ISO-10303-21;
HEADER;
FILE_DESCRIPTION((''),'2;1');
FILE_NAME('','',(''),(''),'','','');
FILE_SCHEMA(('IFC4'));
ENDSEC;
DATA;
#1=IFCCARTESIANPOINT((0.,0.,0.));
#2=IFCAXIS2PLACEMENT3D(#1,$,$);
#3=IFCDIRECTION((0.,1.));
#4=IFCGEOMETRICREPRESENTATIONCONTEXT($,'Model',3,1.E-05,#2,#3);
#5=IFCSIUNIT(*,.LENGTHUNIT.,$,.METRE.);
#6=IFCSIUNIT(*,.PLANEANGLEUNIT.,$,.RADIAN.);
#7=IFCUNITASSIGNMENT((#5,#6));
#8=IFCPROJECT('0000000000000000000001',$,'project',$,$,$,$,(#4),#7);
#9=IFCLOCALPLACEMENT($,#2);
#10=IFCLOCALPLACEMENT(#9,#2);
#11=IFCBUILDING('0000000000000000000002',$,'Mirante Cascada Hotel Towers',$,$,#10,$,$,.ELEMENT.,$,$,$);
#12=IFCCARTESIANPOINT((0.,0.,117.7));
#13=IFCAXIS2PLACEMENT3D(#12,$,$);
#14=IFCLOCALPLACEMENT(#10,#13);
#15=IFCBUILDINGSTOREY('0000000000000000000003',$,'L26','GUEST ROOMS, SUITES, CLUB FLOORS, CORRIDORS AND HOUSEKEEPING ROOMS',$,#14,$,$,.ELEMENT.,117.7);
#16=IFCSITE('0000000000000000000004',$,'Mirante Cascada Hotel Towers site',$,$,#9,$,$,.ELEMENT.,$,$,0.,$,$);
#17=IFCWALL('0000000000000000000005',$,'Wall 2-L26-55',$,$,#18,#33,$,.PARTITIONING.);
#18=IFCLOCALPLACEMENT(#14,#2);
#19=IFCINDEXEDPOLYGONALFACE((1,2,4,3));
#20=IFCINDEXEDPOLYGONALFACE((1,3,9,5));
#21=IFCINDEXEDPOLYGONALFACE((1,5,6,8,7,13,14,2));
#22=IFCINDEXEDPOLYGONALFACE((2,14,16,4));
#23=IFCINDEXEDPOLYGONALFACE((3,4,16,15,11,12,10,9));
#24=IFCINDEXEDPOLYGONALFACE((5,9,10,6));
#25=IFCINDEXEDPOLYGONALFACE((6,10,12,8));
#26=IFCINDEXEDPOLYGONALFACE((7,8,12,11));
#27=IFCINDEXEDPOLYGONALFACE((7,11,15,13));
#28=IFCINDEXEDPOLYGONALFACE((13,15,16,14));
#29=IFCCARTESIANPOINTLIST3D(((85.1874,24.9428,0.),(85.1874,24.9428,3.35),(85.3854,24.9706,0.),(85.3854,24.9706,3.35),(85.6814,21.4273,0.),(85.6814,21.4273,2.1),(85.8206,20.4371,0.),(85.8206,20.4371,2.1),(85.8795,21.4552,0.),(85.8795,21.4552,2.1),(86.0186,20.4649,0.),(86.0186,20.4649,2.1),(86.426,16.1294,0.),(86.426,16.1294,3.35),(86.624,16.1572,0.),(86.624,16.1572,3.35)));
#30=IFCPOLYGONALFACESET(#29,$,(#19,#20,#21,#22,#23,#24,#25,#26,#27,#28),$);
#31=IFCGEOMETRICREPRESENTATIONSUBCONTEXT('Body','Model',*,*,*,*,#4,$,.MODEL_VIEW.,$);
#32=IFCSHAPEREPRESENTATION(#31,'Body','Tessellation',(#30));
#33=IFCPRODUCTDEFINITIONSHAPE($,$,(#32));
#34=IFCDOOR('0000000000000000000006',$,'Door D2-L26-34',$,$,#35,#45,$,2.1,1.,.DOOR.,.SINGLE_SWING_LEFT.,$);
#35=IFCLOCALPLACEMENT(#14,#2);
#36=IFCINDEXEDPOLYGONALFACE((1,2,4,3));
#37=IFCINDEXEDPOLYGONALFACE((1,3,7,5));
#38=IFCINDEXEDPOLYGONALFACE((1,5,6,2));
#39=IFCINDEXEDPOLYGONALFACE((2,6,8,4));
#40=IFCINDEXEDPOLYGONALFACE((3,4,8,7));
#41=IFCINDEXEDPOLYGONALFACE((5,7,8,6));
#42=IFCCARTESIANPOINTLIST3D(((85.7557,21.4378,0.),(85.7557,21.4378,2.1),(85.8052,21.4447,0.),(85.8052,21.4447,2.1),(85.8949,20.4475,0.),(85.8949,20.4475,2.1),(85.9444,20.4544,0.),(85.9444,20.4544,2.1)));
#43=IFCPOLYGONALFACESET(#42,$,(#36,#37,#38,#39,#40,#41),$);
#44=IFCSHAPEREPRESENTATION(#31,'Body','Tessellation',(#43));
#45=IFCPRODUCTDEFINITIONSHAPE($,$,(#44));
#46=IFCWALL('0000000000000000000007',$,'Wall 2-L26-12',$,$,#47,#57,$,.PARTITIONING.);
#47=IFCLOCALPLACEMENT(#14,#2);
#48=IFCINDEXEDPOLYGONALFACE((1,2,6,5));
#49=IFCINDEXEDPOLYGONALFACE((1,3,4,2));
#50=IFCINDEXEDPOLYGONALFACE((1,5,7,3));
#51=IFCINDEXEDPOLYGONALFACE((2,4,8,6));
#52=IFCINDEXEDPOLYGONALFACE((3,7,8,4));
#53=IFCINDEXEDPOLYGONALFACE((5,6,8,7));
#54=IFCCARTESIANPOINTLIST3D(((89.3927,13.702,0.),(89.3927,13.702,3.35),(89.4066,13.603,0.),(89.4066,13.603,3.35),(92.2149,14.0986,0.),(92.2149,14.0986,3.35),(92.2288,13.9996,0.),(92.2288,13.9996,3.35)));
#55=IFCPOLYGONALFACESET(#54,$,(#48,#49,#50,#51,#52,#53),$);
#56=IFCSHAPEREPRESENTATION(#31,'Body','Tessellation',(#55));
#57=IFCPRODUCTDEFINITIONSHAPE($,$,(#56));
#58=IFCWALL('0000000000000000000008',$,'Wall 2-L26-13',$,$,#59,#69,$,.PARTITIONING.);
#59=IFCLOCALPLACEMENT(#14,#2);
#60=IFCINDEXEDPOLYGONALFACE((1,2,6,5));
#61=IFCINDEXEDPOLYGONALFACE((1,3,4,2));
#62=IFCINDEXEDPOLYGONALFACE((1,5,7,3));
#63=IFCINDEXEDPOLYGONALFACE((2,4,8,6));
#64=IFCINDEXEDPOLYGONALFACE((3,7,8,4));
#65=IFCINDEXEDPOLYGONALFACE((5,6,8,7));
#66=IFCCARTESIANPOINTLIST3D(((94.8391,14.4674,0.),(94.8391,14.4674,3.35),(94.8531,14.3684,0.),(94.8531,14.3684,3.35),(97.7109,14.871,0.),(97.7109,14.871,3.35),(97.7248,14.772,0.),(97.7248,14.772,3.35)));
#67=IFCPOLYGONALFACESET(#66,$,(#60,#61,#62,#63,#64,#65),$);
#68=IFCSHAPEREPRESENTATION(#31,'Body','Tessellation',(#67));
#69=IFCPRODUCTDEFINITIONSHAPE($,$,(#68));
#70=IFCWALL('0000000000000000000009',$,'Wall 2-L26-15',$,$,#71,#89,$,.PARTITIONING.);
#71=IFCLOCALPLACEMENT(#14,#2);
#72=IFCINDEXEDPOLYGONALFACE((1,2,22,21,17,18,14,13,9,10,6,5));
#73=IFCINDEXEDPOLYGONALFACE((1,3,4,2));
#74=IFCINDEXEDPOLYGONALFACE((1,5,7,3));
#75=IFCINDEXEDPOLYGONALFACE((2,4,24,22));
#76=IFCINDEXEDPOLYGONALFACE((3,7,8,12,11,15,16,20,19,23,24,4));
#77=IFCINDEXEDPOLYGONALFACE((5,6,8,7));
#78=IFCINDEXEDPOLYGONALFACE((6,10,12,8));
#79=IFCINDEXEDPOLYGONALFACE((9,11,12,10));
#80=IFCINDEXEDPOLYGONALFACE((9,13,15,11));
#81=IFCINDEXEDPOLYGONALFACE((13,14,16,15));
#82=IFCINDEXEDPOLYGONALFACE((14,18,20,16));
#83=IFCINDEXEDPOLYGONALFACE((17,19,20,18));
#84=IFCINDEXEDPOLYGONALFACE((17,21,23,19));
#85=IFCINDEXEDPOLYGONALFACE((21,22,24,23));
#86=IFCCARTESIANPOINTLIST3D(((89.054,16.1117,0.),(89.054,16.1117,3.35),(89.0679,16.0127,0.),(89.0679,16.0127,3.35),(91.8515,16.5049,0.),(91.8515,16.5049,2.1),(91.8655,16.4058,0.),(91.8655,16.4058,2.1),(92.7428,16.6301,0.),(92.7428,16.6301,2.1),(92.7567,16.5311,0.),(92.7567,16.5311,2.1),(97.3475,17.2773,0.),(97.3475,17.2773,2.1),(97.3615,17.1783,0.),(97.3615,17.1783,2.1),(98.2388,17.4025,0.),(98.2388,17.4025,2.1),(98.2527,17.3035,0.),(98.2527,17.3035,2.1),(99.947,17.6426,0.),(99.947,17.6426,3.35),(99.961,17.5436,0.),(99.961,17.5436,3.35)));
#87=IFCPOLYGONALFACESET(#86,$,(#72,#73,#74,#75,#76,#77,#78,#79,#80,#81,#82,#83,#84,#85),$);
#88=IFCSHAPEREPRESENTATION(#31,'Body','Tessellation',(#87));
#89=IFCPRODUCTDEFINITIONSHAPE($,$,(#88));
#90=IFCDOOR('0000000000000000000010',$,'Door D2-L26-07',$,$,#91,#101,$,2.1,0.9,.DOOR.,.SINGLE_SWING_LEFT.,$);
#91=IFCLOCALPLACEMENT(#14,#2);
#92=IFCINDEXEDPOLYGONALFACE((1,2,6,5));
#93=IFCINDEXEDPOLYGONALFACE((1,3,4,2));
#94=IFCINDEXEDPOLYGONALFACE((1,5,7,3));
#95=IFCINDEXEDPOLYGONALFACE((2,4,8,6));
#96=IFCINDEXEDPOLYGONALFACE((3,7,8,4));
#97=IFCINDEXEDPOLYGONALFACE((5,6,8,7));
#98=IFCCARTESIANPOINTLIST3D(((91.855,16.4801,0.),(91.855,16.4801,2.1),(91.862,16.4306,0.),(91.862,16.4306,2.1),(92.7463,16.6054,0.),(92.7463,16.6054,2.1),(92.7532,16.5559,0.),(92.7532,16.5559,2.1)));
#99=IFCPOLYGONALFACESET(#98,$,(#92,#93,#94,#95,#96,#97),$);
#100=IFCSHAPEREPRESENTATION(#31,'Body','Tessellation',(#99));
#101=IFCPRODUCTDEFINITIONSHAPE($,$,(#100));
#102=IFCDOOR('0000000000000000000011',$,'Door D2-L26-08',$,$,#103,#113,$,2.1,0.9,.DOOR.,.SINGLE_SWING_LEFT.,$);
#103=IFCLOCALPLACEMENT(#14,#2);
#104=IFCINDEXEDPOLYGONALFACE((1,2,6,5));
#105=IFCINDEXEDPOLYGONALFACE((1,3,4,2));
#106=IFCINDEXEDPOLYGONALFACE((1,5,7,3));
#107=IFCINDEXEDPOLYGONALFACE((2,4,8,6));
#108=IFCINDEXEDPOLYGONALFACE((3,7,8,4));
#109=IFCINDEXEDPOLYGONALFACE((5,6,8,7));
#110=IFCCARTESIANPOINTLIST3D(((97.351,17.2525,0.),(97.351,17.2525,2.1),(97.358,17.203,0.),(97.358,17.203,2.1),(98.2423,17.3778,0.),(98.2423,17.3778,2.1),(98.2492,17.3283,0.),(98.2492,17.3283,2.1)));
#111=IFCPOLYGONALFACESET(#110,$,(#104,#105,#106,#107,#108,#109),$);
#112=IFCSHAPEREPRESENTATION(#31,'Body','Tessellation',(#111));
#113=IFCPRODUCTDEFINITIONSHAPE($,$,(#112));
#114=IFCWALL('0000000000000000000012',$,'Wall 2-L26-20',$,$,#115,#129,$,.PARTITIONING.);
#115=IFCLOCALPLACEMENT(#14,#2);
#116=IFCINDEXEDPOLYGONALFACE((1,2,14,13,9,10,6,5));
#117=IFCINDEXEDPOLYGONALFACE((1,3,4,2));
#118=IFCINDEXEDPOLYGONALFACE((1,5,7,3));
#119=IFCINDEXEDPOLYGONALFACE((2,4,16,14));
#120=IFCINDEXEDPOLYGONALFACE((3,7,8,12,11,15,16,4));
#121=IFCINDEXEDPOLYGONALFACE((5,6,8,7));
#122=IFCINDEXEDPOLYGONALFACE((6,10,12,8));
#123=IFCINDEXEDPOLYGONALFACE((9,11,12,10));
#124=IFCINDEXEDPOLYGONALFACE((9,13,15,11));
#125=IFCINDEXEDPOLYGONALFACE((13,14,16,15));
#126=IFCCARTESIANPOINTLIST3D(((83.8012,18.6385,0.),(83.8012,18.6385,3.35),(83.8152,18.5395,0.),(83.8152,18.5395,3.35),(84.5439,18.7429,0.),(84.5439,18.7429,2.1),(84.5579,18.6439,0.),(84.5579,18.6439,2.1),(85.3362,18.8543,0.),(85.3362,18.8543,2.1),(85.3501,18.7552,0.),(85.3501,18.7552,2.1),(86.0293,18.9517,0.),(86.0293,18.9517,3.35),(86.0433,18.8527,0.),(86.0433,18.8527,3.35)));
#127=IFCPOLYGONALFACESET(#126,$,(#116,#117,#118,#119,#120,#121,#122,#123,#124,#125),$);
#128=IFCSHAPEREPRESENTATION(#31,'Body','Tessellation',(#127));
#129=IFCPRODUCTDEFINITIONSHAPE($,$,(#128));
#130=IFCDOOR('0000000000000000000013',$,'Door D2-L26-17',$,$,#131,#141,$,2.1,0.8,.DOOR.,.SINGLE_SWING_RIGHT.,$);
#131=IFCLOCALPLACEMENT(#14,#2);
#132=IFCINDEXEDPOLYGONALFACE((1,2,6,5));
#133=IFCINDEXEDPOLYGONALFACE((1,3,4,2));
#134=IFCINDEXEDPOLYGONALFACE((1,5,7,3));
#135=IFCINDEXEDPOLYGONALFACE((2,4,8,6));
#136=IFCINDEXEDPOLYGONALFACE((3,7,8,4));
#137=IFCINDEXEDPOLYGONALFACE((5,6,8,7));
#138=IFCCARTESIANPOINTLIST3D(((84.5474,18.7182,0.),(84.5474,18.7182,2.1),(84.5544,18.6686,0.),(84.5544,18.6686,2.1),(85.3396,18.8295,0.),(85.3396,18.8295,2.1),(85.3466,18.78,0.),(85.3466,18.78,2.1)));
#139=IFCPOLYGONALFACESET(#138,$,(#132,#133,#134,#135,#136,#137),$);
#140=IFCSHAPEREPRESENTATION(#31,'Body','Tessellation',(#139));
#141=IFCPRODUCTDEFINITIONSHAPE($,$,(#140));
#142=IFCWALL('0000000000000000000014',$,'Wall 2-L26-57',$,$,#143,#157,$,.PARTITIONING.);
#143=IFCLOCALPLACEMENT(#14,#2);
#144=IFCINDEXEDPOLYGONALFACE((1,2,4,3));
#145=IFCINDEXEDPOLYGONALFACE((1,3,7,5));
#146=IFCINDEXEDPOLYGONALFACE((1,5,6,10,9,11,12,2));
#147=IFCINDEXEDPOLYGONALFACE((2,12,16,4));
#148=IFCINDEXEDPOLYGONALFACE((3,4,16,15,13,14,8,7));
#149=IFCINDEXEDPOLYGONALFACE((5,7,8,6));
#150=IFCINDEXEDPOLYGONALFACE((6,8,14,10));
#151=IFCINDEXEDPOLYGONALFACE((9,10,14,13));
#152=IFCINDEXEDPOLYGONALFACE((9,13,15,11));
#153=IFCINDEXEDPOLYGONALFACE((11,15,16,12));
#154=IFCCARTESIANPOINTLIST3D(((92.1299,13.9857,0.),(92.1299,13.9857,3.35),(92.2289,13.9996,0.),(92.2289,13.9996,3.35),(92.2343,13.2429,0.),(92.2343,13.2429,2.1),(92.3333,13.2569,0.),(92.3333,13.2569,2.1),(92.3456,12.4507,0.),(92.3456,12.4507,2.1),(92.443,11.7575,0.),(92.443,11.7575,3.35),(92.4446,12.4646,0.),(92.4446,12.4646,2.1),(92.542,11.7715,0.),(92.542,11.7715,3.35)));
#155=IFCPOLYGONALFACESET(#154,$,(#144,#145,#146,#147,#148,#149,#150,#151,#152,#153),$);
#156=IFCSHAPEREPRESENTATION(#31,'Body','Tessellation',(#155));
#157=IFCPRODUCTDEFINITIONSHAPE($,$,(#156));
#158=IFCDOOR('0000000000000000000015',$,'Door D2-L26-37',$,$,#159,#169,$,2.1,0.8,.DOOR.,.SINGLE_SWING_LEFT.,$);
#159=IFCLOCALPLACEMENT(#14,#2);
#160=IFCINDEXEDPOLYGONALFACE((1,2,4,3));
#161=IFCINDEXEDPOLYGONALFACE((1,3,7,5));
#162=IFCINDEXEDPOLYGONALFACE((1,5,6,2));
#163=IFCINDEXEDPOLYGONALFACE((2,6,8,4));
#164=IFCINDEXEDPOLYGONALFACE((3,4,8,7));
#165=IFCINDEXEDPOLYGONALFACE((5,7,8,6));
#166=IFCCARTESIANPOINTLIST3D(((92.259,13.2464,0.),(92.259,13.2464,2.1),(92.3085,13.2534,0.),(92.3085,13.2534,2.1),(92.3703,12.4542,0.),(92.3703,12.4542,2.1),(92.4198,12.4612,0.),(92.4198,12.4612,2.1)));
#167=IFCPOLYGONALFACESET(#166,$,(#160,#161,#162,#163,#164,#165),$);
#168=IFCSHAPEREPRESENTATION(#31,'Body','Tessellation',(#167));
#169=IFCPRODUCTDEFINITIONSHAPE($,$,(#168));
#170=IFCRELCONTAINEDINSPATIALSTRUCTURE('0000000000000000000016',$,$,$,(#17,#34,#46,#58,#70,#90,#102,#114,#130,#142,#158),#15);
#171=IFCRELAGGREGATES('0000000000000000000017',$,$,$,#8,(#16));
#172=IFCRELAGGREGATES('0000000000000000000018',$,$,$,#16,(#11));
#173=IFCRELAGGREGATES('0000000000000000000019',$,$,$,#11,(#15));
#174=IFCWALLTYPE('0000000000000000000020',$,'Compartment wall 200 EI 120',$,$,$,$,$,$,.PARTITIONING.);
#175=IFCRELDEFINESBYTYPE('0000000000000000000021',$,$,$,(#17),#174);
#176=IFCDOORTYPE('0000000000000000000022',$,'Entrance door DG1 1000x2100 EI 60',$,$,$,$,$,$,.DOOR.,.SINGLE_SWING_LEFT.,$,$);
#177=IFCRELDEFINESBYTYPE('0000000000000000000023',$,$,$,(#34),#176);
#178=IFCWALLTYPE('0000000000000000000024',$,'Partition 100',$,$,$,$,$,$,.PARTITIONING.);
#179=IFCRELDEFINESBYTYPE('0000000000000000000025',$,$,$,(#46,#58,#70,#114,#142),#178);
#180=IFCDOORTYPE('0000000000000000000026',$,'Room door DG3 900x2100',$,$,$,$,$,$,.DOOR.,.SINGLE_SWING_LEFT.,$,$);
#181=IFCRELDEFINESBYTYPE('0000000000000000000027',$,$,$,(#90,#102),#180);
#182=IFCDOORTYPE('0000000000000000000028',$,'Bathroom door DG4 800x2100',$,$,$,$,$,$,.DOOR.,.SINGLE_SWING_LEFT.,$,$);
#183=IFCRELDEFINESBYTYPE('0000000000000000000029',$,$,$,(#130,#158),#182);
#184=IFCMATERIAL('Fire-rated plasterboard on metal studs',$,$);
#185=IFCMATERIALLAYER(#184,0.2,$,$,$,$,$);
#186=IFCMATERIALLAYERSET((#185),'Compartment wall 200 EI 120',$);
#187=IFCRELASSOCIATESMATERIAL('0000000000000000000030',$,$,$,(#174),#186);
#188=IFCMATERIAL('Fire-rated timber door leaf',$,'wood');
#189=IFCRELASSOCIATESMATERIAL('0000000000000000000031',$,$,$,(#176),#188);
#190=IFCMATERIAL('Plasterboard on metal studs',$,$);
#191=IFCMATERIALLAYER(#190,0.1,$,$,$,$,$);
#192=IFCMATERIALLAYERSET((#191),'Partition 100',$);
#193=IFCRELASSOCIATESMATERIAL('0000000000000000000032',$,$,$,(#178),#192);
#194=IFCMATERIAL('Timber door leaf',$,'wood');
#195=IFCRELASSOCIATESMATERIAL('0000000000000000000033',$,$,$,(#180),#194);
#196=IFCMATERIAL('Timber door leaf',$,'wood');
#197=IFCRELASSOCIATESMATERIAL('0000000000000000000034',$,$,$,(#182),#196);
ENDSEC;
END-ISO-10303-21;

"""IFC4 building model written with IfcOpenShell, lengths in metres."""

from ifc_helpers import new_model, si_unit, direction, frame, frame_2d, origin, place, context, subcontext, project, spatial, rectangle, extrude, material, layer, layer_set, type_object, element, fill, save


model = new_model("IFC4")

# Units and contexts
model_context = context("Model", 3, precision=1e-05, world=origin(), true_north=direction((0.0, 1.0)))
body_context = subcontext(model_context, "Body", "Model", "MODEL_VIEW")
ifc_project = project(units=[si_unit("LENGTHUNIT", "METRE"), si_unit("PLANEANGLEUNIT", "RADIAN")], contexts=[model_context])

# Site, building, storey
site_placement = place(None, origin())
site = spatial("IfcSite", under=ifc_project, at=site_placement, Name="Mirante Cascada Hotel Towers site", CompositionType="ELEMENT", RefElevation=0.0)
building_placement = place(site_placement, origin())
building = spatial("IfcBuilding", under=site, at=building_placement, Name="Mirante Cascada Hotel Towers", CompositionType="ELEMENT")
storey_placement = place(building_placement, frame((0.0, 0.0, 117.7)))
storey = spatial("IfcBuildingStorey", under=building, at=storey_placement, Name="L26", Description="GUEST ROOMS, SUITES, CLUB FLOORS, CORRIDORS AND HOUSEKEEPING ROOMS", CompositionType="ELEMENT", Elevation=117.7)

# Shared definitions
ifc_material_1 = material(Name="Fire-rated plasterboard on metal studs")
ifc_layer_1 = layer(ifc_material_1, 0.2)
ifc_layer_set_1 = layer_set([ifc_layer_1], Name="Compartment wall 200 EI 120")
wall_type_1 = type_object("IfcWallType", Name="Compartment wall 200 EI 120", PredefinedType="PARTITIONING", material=ifc_layer_set_1)
ifc_material_2 = material(Name="Fire-rated timber door leaf", Category="wood")
door_type_1 = type_object("IfcDoorType", Name="Entrance door DG1 1000x2100 EI 60", OperationType="SINGLE_SWING_LEFT", PredefinedType="DOOR", material=ifc_material_2)

# Wall, opening, door
wall_1_placement = place(storey_placement, frame((86.525, 16.1433, 0.0), z_axis=(0.0, 0.0, 1.0), x_axis=(-0.139168, 0.990269, 0.0)))
wall_1 = element("IfcWall", 1, at=wall_1_placement, inside=storey, type_object=wall_type_1, Name="Wall 2-L26-55", PredefinedType="PARTITIONING", context=body_context, shape_type="SweptSolid", body=[
    extrude(rectangle(XDim=8.9, YDim=0.2, at=frame_2d((4.45, 0.0))), origin(), (0.0, 0.0, 1.0), 3.35),
])
opening_1_placement = place(wall_1_placement, frame((4.35, 0.0, 0.0)))
opening_1 = element("IfcOpeningElement", 2, at=opening_1_placement, cuts=wall_1, PredefinedType="OPENING", context=body_context, shape_type="SweptSolid", body=[
    extrude(rectangle(XDim=1.0, YDim=2.1, at=frame_2d((0.5, 1.05))), frame((0.0, 0.1, 0.0), z_axis=(0.0, -1.0, 0.0), x_axis=(1.0, 0.0, 0.0)), (0.0, 0.0, 1.0), 0.2),
])
door_1_placement = place(opening_1_placement, origin())
door_1 = element("IfcDoor", 3, at=door_1_placement, inside=storey, type_object=door_type_1, Name="Door D2-L26-34", OperationType="SINGLE_SWING_LEFT", OverallHeight=2.1, OverallWidth=1.0, PredefinedType="DOOR", context=body_context, shape_type="SweptSolid", body=[
    extrude(rectangle(XDim=1.0, YDim=2.1, at=frame_2d((0.5, 1.05))), frame((0.0, 0.025, 0.0), z_axis=(0.0, -1.0, 0.0), x_axis=(1.0, 0.0, 0.0)), (0.0, 0.0, 1.0), 0.05),
])
fill(opening_1, door_1)

# Walls
ifc_material_3 = material(Name="Plasterboard on metal studs")
ifc_layer_2 = layer(ifc_material_3, 0.1)
ifc_layer_set_2 = layer_set([ifc_layer_2], Name="Partition 100")
wall_type_2 = type_object("IfcWallType", Name="Partition 100", PredefinedType="PARTITIONING", material=ifc_layer_set_2)
wall_2_placement = place(storey_placement, frame((92.2219, 14.0491, 0.0), z_axis=(0.0, 0.0, 1.0), x_axis=(-0.99027, -0.139161, 0.0)))
element("IfcWall", 4, at=wall_2_placement, inside=storey, type_object=wall_type_2, Name="Wall 2-L26-12", PredefinedType="PARTITIONING", context=body_context, shape_type="SweptSolid", body=[
    extrude(rectangle(XDim=2.8499, YDim=0.1, at=frame_2d((1.425, 0.0))), origin(), (0.0, 0.0, 1.0), 3.35),
])
wall_3_placement = place(storey_placement, frame((94.8461, 14.4179, 0.0), z_axis=(0.0, 0.0, 1.0), x_axis=(0.990268, 0.139171, 0.0)))
element("IfcWall", 5, at=wall_3_placement, inside=storey, type_object=wall_type_2, Name="Wall 2-L26-13", PredefinedType="PARTITIONING", context=body_context, shape_type="SweptSolid", body=[
    extrude(rectangle(XDim=2.9, YDim=0.1, at=frame_2d((1.45, 0.0))), origin(), (0.0, 0.0, 1.0), 3.35),
])

# Wall, openings, doors
wall_4_placement = place(storey_placement, frame((89.061, 16.0622, 0.0), z_axis=(0.0, 0.0, 1.0), x_axis=(0.990268, 0.139172, 0.0)))
wall_4 = element("IfcWall", 6, at=wall_4_placement, inside=storey, type_object=wall_type_2, Name="Wall 2-L26-15", PredefinedType="PARTITIONING", context=body_context, shape_type="SweptSolid", body=[
    extrude(rectangle(XDim=11.0001, YDim=0.1, at=frame_2d((5.5, 0.0))), origin(), (0.0, 0.0, 1.0), 3.35),
])
opening_2_placement = place(wall_4_placement, frame((2.825, 0.0, 0.0)))
opening_2 = element("IfcOpeningElement", 7, at=opening_2_placement, cuts=wall_4, PredefinedType="OPENING", context=body_context, shape_type="SweptSolid", body=[
    extrude(rectangle(XDim=0.9, YDim=2.1, at=frame_2d((0.45, 1.05))), frame((0.0, 0.05, 0.0), z_axis=(0.0, -1.0, 0.0), x_axis=(1.0, 0.0, 0.0)), (0.0, 0.0, 1.0), 0.1),
])
opening_3_placement = place(wall_4_placement, frame((8.375, 0.0, 0.0)))
opening_3 = element("IfcOpeningElement", 8, at=opening_3_placement, cuts=wall_4, PredefinedType="OPENING", context=body_context, shape_type="SweptSolid", body=[
    extrude(rectangle(XDim=0.9, YDim=2.1, at=frame_2d((0.45, 1.05))), frame((0.0, 0.05, 0.0), z_axis=(0.0, -1.0, 0.0), x_axis=(1.0, 0.0, 0.0)), (0.0, 0.0, 1.0), 0.1),
])
ifc_material_4 = material(Name="Timber door leaf", Category="wood")
door_type_2 = type_object("IfcDoorType", Name="Room door DG3 900x2100", OperationType="SINGLE_SWING_LEFT", PredefinedType="DOOR", material=ifc_material_4)
door_2_placement = place(opening_2_placement, origin())
door_2 = element("IfcDoor", 9, at=door_2_placement, inside=storey, type_object=door_type_2, Name="Door D2-L26-07", OperationType="SINGLE_SWING_LEFT", OverallHeight=2.1, OverallWidth=0.9, PredefinedType="DOOR", context=body_context, shape_type="SweptSolid", body=[
    extrude(rectangle(XDim=0.9, YDim=2.1, at=frame_2d((0.45, 1.05))), frame((0.0, 0.025, 0.0), z_axis=(0.0, -1.0, 0.0), x_axis=(1.0, 0.0, 0.0)), (0.0, 0.0, 1.0), 0.05),
])
fill(opening_2, door_2)
door_3_placement = place(opening_3_placement, origin())
door_3 = element("IfcDoor", 10, at=door_3_placement, inside=storey, type_object=door_type_2, Name="Door D2-L26-08", OperationType="SINGLE_SWING_LEFT", OverallHeight=2.1, OverallWidth=0.9, PredefinedType="DOOR", context=body_context, shape_type="SweptSolid", body=[
    extrude(rectangle(XDim=0.9, YDim=2.1, at=frame_2d((0.45, 1.05))), frame((0.0, 0.025, 0.0), z_axis=(0.0, -1.0, 0.0), x_axis=(1.0, 0.0, 0.0)), (0.0, 0.0, 1.0), 0.05),
])
fill(opening_3, door_3)

# Walls, openings, doors
wall_5_placement = place(storey_placement, frame((86.0363, 18.9022, 0.0), z_axis=(0.0, 0.0, 1.0), x_axis=(-0.990264, -0.1392, 0.0)))
wall_5 = element("IfcWall", 11, at=wall_5_placement, inside=storey, type_object=wall_type_2, Name="Wall 2-L26-20", PredefinedType="PARTITIONING", context=body_context, shape_type="SweptSolid", body=[
    extrude(rectangle(XDim=2.25, YDim=0.1, at=frame_2d((1.125, 0.0))), origin(), (0.0, 0.0, 1.0), 3.35),
])
opening_4_placement = place(wall_5_placement, frame((0.7, 0.0, 0.0)))
opening_4 = element("IfcOpeningElement", 12, at=opening_4_placement, cuts=wall_5, PredefinedType="OPENING", context=body_context, shape_type="SweptSolid", body=[
    extrude(rectangle(XDim=0.8, YDim=2.1, at=frame_2d((0.4, 1.05))), frame((0.0, 0.05, 0.0), z_axis=(0.0, -1.0, 0.0), x_axis=(1.0, 0.0, 0.0)), (0.0, 0.0, 1.0), 0.1),
])
ifc_material_5 = material(Name="Timber door leaf", Category="wood")
door_type_3 = type_object("IfcDoorType", Name="Bathroom door DG4 800x2100", OperationType="SINGLE_SWING_LEFT", PredefinedType="DOOR", material=ifc_material_5)
door_4_placement = place(opening_4_placement, frame((0.8, 0.0, 0.0), z_axis=(0.0, 0.0, 1.0), x_axis=(-1.0, 0.0, 0.0)))
door_4 = element("IfcDoor", 13, at=door_4_placement, inside=storey, type_object=door_type_3, Name="Door D2-L26-17", OperationType="SINGLE_SWING_RIGHT", OverallHeight=2.1, OverallWidth=0.8, PredefinedType="DOOR", context=body_context, shape_type="SweptSolid", body=[
    extrude(rectangle(XDim=0.8, YDim=2.1, at=frame_2d((0.4, 1.05))), frame((0.0, 0.025, 0.0), z_axis=(0.0, -1.0, 0.0), x_axis=(1.0, 0.0, 0.0)), (0.0, 0.0, 1.0), 0.05),
])
fill(opening_4, door_4)
wall_6_placement = place(storey_placement, frame((92.4925, 11.7645, 0.0), z_axis=(0.0, 0.0, 1.0), x_axis=(-0.139156, 0.990271, 0.0)))
wall_6 = element("IfcWall", 14, at=wall_6_placement, inside=storey, type_object=wall_type_2, Name="Wall 2-L26-57", PredefinedType="PARTITIONING", context=body_context, shape_type="SweptSolid", body=[
    extrude(rectangle(XDim=2.25, YDim=0.1, at=frame_2d((1.125, 0.0))), origin(), (0.0, 0.0, 1.0), 3.35),
])
opening_5_placement = place(wall_6_placement, frame((0.7, 0.0, 0.0)))
opening_5 = element("IfcOpeningElement", 15, at=opening_5_placement, cuts=wall_6, PredefinedType="OPENING", context=body_context, shape_type="SweptSolid", body=[
    extrude(rectangle(XDim=0.8, YDim=2.1, at=frame_2d((0.4, 1.05))), frame((0.0, 0.05, 0.0), z_axis=(0.0, -1.0, 0.0), x_axis=(1.0, 0.0, 0.0)), (0.0, 0.0, 1.0), 0.1),
])
door_5_placement = place(opening_5_placement, origin())
door_5 = element("IfcDoor", 16, at=door_5_placement, inside=storey, type_object=door_type_3, Name="Door D2-L26-37", OperationType="SINGLE_SWING_LEFT", OverallHeight=2.1, OverallWidth=0.8, PredefinedType="DOOR", context=body_context, shape_type="SweptSolid", body=[
    extrude(rectangle(XDim=0.8, YDim=2.1, at=frame_2d((0.4, 1.05))), frame((0.0, 0.025, 0.0), z_axis=(0.0, -1.0, 0.0), x_axis=(1.0, 0.0, 0.0)), (0.0, 0.0, 1.0), 0.05),
])
fill(opening_5, door_5)

save(model, "model.ifc")
